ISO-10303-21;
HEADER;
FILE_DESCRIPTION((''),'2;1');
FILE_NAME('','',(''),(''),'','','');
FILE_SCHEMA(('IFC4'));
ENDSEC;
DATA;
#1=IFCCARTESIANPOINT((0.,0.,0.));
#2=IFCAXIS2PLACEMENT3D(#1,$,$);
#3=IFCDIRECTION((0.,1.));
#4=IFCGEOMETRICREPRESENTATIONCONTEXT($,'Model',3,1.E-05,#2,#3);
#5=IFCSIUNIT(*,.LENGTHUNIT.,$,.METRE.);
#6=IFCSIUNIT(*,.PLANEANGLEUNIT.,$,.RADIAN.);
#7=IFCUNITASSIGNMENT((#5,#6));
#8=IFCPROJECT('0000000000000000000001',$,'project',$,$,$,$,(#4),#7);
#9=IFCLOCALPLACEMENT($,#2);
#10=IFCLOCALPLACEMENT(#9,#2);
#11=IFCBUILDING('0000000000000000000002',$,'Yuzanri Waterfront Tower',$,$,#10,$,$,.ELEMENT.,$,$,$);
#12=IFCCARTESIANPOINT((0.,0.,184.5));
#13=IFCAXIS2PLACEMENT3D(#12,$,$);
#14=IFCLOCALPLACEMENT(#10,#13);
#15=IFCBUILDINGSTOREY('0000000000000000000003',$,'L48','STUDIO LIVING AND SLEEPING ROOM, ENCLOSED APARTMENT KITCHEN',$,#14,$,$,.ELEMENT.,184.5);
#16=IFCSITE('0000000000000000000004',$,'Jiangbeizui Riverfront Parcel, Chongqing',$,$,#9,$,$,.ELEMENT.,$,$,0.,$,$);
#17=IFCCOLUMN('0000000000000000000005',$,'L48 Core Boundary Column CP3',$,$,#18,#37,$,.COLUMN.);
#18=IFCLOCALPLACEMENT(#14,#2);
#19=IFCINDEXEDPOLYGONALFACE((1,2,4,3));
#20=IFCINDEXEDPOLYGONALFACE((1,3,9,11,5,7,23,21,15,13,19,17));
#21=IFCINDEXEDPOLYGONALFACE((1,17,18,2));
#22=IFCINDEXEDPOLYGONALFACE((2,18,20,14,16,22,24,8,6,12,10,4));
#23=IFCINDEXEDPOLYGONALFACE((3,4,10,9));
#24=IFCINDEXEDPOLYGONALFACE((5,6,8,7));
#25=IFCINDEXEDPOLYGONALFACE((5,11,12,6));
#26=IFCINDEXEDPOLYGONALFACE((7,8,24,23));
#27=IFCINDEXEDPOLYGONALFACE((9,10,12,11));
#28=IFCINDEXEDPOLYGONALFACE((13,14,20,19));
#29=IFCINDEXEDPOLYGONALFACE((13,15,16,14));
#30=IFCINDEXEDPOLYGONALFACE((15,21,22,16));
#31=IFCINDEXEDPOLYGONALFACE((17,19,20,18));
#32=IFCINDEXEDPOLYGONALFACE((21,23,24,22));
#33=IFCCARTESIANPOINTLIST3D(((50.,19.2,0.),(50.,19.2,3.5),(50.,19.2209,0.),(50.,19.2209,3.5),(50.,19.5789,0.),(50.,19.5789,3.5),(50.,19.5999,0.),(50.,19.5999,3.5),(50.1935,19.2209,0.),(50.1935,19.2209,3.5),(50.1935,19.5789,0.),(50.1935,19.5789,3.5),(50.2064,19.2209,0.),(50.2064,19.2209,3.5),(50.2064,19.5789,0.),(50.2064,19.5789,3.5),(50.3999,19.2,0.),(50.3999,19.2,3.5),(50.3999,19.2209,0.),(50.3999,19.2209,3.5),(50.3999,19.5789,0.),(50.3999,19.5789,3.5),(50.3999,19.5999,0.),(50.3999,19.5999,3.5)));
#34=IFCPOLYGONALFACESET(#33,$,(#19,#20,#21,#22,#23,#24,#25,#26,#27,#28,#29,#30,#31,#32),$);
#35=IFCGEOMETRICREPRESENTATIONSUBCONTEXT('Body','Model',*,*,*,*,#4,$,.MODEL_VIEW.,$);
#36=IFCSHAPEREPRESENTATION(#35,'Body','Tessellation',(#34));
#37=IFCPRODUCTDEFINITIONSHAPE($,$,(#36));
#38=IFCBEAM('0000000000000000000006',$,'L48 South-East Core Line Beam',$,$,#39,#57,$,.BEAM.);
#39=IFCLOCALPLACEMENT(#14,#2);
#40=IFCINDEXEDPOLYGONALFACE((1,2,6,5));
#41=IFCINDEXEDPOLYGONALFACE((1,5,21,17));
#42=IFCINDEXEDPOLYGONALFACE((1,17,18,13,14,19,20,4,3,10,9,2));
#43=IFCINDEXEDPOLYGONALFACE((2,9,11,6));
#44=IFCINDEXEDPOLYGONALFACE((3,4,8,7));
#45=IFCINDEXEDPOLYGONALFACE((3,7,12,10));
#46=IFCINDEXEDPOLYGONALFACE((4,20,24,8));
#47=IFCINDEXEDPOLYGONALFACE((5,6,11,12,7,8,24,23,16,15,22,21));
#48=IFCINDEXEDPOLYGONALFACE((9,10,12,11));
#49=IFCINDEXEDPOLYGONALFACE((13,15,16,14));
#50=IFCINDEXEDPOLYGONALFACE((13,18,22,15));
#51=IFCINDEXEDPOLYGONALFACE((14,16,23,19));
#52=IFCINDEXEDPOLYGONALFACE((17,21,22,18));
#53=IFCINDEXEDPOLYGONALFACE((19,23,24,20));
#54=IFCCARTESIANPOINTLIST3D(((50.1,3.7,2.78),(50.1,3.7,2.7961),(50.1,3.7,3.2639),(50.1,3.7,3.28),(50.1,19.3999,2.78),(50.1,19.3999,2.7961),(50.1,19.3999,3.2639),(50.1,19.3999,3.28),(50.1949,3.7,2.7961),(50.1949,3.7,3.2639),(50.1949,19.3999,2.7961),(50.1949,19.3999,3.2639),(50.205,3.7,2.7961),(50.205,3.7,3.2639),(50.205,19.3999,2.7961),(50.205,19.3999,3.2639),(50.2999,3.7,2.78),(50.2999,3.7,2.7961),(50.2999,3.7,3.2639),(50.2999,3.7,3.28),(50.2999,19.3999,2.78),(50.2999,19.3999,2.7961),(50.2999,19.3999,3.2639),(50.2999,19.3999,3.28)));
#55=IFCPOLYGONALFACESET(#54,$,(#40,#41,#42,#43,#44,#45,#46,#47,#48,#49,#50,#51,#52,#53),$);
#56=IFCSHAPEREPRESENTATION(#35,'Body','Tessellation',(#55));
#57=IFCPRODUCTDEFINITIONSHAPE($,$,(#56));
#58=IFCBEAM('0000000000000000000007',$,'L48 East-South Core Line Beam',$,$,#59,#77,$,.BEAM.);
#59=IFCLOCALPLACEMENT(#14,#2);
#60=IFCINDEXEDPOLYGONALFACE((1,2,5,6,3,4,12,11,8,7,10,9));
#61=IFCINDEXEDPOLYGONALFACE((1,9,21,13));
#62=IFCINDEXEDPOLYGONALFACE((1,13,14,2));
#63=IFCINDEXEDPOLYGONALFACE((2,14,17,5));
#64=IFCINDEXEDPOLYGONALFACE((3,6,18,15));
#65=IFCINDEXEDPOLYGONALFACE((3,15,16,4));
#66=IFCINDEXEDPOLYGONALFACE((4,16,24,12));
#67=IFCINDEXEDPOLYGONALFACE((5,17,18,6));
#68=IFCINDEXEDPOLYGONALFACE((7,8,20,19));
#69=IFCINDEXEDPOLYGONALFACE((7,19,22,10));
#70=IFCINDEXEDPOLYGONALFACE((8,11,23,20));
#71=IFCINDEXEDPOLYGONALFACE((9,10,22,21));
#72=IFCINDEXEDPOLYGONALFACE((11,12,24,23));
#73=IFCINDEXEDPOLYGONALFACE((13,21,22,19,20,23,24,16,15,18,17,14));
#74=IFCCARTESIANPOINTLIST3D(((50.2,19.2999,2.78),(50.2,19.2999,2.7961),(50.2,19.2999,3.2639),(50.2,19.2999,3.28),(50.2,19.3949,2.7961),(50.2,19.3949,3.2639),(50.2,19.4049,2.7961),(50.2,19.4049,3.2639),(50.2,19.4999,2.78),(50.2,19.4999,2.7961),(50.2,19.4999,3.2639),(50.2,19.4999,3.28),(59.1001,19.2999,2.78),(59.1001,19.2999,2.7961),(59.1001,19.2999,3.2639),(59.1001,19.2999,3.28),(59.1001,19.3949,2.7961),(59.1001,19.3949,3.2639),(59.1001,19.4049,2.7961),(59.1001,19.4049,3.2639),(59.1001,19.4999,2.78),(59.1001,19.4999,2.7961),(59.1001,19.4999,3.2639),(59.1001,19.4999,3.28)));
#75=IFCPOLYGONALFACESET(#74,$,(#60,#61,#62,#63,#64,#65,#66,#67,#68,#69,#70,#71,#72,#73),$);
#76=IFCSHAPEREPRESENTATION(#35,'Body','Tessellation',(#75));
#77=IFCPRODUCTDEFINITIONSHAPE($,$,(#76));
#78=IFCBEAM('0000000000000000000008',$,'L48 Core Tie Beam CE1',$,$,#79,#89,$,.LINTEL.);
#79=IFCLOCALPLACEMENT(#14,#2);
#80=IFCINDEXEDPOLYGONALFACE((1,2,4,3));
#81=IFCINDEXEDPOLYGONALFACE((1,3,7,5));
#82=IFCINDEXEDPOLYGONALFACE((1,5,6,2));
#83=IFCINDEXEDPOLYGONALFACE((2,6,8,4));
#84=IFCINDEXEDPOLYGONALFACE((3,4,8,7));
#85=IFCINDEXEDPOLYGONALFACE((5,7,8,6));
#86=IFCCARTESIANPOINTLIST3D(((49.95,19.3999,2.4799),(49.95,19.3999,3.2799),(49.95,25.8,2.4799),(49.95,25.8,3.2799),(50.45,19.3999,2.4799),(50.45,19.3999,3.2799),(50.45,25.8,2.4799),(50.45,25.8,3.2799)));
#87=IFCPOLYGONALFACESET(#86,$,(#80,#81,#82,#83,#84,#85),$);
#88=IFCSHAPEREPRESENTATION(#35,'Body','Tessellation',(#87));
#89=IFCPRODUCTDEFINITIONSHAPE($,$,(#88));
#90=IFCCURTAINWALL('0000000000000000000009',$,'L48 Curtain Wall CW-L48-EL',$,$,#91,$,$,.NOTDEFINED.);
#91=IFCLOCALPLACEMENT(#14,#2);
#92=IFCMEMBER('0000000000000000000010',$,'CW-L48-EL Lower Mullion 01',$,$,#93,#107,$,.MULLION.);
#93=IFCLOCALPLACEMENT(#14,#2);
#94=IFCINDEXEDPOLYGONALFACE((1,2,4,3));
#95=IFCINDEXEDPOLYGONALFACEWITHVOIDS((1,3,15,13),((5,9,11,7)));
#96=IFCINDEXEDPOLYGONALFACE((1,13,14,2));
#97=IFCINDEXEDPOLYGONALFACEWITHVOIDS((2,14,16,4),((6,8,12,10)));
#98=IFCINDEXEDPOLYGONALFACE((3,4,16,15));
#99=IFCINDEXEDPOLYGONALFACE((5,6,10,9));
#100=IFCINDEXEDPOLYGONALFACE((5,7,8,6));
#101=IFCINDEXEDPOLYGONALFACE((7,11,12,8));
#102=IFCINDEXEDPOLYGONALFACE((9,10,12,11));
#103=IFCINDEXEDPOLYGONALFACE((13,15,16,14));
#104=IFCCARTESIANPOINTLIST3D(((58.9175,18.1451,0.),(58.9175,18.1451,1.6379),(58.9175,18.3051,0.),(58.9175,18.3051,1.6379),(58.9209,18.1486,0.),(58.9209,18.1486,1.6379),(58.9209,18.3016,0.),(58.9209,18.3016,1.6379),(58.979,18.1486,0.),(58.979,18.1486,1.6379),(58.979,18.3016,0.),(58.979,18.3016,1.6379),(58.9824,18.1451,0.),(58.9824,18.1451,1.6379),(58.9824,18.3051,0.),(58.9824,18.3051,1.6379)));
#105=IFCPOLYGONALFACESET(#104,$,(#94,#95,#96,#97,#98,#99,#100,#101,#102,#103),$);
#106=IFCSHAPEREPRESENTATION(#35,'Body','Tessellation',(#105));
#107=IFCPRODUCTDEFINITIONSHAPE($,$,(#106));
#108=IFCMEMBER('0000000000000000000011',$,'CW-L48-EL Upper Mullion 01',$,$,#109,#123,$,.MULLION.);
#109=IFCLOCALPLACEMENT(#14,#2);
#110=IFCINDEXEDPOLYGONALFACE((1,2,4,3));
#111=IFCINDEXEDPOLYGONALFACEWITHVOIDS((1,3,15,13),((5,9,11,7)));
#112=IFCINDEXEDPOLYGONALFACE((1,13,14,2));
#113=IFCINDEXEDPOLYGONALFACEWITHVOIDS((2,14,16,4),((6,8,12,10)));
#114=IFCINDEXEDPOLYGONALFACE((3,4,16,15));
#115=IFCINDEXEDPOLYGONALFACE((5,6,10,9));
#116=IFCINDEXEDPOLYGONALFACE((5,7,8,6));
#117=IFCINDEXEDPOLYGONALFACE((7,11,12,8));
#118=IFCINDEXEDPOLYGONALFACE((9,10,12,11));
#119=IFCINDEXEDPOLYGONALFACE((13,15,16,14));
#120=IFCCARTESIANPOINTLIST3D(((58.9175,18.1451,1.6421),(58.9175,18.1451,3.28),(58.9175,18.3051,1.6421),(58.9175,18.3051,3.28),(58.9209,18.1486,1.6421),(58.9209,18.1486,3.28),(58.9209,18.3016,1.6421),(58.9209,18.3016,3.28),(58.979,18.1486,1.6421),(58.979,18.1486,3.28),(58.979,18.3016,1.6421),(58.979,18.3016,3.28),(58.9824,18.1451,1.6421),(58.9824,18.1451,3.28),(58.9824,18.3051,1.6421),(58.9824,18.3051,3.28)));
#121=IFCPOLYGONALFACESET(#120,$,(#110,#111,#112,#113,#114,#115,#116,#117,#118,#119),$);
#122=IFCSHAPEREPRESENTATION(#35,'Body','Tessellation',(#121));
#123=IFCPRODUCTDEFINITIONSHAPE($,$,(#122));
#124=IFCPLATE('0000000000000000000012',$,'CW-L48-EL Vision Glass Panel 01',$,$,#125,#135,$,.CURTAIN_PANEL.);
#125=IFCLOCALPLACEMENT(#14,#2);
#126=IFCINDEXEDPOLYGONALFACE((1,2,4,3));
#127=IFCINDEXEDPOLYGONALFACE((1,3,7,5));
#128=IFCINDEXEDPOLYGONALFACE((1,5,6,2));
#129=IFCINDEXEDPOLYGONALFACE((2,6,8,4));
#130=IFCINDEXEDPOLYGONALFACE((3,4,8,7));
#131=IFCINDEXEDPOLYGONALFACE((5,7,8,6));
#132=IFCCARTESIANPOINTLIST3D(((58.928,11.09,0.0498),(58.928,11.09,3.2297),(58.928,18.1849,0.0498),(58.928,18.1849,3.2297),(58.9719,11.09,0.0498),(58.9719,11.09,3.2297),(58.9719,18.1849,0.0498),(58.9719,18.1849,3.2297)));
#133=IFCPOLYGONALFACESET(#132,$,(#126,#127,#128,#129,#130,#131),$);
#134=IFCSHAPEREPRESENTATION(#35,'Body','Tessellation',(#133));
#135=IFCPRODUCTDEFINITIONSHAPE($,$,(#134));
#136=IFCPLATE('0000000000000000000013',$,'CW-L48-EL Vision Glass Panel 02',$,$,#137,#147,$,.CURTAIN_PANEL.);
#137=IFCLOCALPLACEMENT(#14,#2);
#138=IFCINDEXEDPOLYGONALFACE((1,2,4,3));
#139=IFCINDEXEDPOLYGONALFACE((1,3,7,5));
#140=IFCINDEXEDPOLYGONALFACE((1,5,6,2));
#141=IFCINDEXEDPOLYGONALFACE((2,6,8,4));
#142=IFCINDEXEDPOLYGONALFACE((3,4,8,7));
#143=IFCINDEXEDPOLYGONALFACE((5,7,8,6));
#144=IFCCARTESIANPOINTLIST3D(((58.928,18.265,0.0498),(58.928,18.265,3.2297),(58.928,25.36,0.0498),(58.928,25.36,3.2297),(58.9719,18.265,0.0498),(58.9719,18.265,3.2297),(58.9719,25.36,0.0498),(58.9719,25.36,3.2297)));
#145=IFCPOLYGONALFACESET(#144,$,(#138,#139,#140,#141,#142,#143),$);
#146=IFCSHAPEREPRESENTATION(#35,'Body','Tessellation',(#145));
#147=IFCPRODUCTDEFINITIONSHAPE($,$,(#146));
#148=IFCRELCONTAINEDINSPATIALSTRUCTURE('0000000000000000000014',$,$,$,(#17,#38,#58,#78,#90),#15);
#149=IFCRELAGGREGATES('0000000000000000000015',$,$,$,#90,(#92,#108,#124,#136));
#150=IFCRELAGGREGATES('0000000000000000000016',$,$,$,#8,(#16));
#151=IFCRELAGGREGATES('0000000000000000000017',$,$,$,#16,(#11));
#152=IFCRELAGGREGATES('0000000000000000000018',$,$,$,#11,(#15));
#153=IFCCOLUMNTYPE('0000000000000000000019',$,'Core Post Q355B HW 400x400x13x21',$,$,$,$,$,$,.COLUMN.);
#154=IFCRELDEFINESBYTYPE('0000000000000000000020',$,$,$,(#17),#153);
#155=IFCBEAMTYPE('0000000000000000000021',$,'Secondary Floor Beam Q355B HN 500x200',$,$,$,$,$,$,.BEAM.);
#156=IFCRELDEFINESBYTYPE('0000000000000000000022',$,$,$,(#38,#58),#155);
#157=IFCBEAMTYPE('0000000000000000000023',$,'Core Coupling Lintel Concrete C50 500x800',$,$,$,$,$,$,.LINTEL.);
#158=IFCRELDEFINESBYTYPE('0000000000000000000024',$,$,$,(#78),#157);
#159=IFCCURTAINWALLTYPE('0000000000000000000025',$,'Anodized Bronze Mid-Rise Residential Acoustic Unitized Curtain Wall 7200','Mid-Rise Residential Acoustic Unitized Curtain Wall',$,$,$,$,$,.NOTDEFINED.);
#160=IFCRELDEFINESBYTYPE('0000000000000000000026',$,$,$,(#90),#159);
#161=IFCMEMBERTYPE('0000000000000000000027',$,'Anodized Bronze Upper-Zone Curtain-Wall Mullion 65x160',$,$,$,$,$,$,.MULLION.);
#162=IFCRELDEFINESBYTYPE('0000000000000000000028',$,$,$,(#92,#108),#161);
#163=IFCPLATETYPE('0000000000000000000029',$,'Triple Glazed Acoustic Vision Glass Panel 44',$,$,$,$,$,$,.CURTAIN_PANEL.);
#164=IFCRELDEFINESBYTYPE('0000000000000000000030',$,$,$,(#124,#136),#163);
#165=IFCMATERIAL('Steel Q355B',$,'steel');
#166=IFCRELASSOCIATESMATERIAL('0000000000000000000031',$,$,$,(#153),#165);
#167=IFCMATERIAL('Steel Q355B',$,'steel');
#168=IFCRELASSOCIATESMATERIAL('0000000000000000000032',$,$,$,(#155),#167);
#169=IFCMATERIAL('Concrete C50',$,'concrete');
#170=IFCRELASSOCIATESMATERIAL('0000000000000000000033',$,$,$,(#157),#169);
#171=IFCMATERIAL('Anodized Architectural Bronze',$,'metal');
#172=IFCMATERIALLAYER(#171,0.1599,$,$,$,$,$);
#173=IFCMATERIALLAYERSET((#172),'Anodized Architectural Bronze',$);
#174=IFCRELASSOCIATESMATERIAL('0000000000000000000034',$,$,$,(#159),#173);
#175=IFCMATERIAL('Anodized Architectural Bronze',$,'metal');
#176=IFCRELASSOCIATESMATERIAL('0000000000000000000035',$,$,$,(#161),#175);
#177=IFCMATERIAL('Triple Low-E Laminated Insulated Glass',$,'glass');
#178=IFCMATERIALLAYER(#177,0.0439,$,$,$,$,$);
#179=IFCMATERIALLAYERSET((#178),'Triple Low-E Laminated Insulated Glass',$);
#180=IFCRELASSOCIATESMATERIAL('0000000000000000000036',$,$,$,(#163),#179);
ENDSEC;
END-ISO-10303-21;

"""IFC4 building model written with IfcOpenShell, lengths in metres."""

from ifc_helpers import new_model, si_unit, direction, frame, origin, origin_2d, place, context, subcontext, project, spatial, rectangle, hollow_rectangle, i_section, extrude, source, transform, mapped, material, layer, layer_set, material_profile, profile_set, type_object, element, aggregate, save


model = new_model("IFC4")

# Units and contexts
model_context = context("Model", 3, precision=1e-05, world=origin(), true_north=direction((0.0, 1.0)))
body_context = subcontext(model_context, "Body", "Model", "MODEL_VIEW")
ifc_project = project(units=[si_unit("LENGTHUNIT", "METRE"), si_unit("PLANEANGLEUNIT", "RADIAN")], contexts=[model_context])

# Site, building, storey
site_placement = place(None, origin())
site = spatial("IfcSite", under=ifc_project, at=site_placement, Name="Jiangbeizui Riverfront Parcel, Chongqing", CompositionType="ELEMENT", RefElevation=0.0)
building_placement = place(site_placement, origin())
building = spatial("IfcBuilding", under=site, at=building_placement, Name="Yuzanri Waterfront Tower", CompositionType="ELEMENT")
storey_placement = place(building_placement, frame((0.0, 0.0, 184.5)))
storey = spatial("IfcBuildingStorey", under=building, at=storey_placement, Name="L48", Description="STUDIO LIVING AND SLEEPING ROOM, ENCLOSED APARTMENT KITCHEN", CompositionType="ELEMENT", Elevation=184.5)

# Column
ifc_material_1 = material(Name="Steel Q355B", Category="steel")
ifc_material_profile_1 = material_profile(ifc_material_1, i_section(OverallWidth=0.3999, OverallDepth=0.3999, WebThickness=0.0129, FlangeThickness=0.021, at=origin_2d()), Name="HW 400x400x13x21")
ifc_profile_set_1 = profile_set([ifc_material_profile_1], Name="Steel Q355B")
column_type = type_object("IfcColumnType", Name="Core Post Q355B HW 400x400x13x21", PredefinedType="COLUMN", material=ifc_profile_set_1)
shared_shape_1 = source(origin(), body_context, "Body", "SweptSolid", [
    extrude(i_section(OverallWidth=0.3999, OverallDepth=0.3999, WebThickness=0.0129, FlangeThickness=0.021, at=origin_2d()), origin(), (0.0, 0.0, 1.0), 3.5),
])
column_placement = place(storey_placement, frame((50.2, 19.3999, 0.0), z_axis=(0.0, 0.0, 1.0), x_axis=(1.0, 0.0, 0.0)))
element("IfcColumn", 1, at=column_placement, inside=storey, type_object=column_type, Name="L48 Core Boundary Column CP3", PredefinedType="COLUMN", context=body_context, shape_type="MappedRepresentation", body=[
    mapped(shared_shape_1, transform((0.0, 0.0, 0.0), scale=1.0)),
])

# Beams
ifc_material_2 = material(Name="Steel Q355B", Category="steel")
ifc_material_profile_2 = material_profile(ifc_material_2, i_section(OverallWidth=0.2, OverallDepth=0.5, WebThickness=0.01, FlangeThickness=0.0161, at=origin_2d()), Name="HN 500x200x10x16")
ifc_profile_set_2 = profile_set([ifc_material_profile_2], Name="Steel Q355B")
beam_type_1 = type_object("IfcBeamType", Name="Secondary Floor Beam Q355B HN 500x200", PredefinedType="BEAM", material=ifc_profile_set_2)
shared_shape_2 = source(origin(), body_context, "Body", "SweptSolid", [
    extrude(i_section(OverallWidth=0.2, OverallDepth=0.5, WebThickness=0.01, FlangeThickness=0.0161, at=origin_2d()), origin(), (0.0, 0.0, 1.0), 15.7),
])
beam_1_placement = place(storey_placement, frame((50.2, 19.3999, 3.03), z_axis=(0.0, -1.0, 0.0), x_axis=(1.0, 0.0, 0.0)))
element("IfcBeam", 2, at=beam_1_placement, inside=storey, type_object=beam_type_1, Name="L48 South-East Core Line Beam", PredefinedType="BEAM", context=body_context, shape_type="MappedRepresentation", body=[
    mapped(shared_shape_2, transform((0.0, 0.0, 0.0), scale=1.0)),
])
shared_shape_3 = source(origin(), body_context, "Body", "SweptSolid", [
    extrude(i_section(OverallWidth=0.2, OverallDepth=0.5, WebThickness=0.01, FlangeThickness=0.0161, at=origin_2d()), origin(), (0.0, 0.0, 1.0), 8.9001),
])
beam_2_placement = place(storey_placement, frame((50.2, 19.3999, 3.03), z_axis=(1.0, 0.0, 0.0), x_axis=(0.0, 1.0, 0.0)))
element("IfcBeam", 3, at=beam_2_placement, inside=storey, type_object=beam_type_1, Name="L48 East-South Core Line Beam", PredefinedType="BEAM", context=body_context, shape_type="MappedRepresentation", body=[
    mapped(shared_shape_3, transform((0.0, 0.0, 0.0), scale=1.0)),
])
ifc_material_3 = material(Name="Concrete C50", Category="concrete")
ifc_material_profile_3 = material_profile(ifc_material_3, rectangle(XDim=0.5, YDim=0.8, at=origin_2d()), Name="RC 500x800")
ifc_profile_set_3 = profile_set([ifc_material_profile_3], Name="Concrete C50")
beam_type_2 = type_object("IfcBeamType", Name="Core Coupling Lintel Concrete C50 500x800", PredefinedType="LINTEL", material=ifc_profile_set_3)
shared_shape_4 = source(origin(), body_context, "Body", "SweptSolid", [
    extrude(rectangle(XDim=0.5, YDim=0.8, at=origin_2d()), origin(), (0.0, 0.0, 1.0), 6.4001),
])
beam_3_placement = place(storey_placement, frame((50.2, 19.3999, 2.8799), z_axis=(0.0, 1.0, 0.0), x_axis=(-1.0, 0.0, 0.0)))
element("IfcBeam", 4, at=beam_3_placement, inside=storey, type_object=beam_type_2, Name="L48 Core Tie Beam CE1", PredefinedType="LINTEL", context=body_context, shape_type="MappedRepresentation", body=[
    mapped(shared_shape_4, transform((0.0, 0.0, 0.0), scale=1.0)),
])

# Curtain wall, members, plates
ifc_material_4 = material(Name="Anodized Architectural Bronze", Category="metal")
ifc_layer_1 = layer(ifc_material_4, 0.1599)
ifc_layer_set_1 = layer_set([ifc_layer_1], Name="Anodized Architectural Bronze")
curtain_wall_type = type_object("IfcCurtainWallType", Name="Anodized Bronze Mid-Rise Residential Acoustic Unitized Curtain Wall 7200", Description="Mid-Rise Residential Acoustic Unitized Curtain Wall", PredefinedType="NOTDEFINED", material=ifc_layer_set_1)
curtain_wall_placement = place(storey_placement, origin())
curtain_wall = element("IfcCurtainWall", 5, at=curtain_wall_placement, inside=storey, type_object=curtain_wall_type, Name="L48 Curtain Wall CW-L48-EL", PredefinedType="NOTDEFINED")
ifc_material_5 = material(Name="Anodized Architectural Bronze", Category="metal")
ifc_material_profile_4 = material_profile(ifc_material_5, hollow_rectangle(XDim=0.0649, YDim=0.1599, WallThickness=0.0034, at=origin_2d()), Name="CWM 65x160")
ifc_profile_set_4 = profile_set([ifc_material_profile_4], Name="Anodized Architectural Bronze")
member_type = type_object("IfcMemberType", Name="Anodized Bronze Upper-Zone Curtain-Wall Mullion 65x160", PredefinedType="MULLION", material=ifc_profile_set_4)
shared_shape_5 = source(origin(), body_context, "Body", "SweptSolid", [
    extrude(hollow_rectangle(XDim=0.0649, YDim=0.1599, WallThickness=0.0034, at=origin_2d()), origin(), (0.0, 0.0, 1.0), 1.6379),
])
member_1_placement = place(storey_placement, frame((58.95, 18.2251, 0.0), z_axis=(0.0, 0.0, 1.0), x_axis=(1.0, 0.0, 0.0)))
member_1 = element("IfcMember", 6, at=member_1_placement, type_object=member_type, Name="CW-L48-EL Lower Mullion 01", PredefinedType="MULLION", context=body_context, shape_type="MappedRepresentation", body=[
    mapped(shared_shape_5, transform((0.0, 0.0, 0.0), scale=1.0)),
])
member_2_placement = place(storey_placement, frame((58.95, 18.2251, 1.6421), z_axis=(0.0, 0.0, 1.0), x_axis=(1.0, 0.0, 0.0)))
member_2 = element("IfcMember", 7, at=member_2_placement, type_object=member_type, Name="CW-L48-EL Upper Mullion 01", PredefinedType="MULLION", context=body_context, shape_type="MappedRepresentation", body=[
    mapped(shared_shape_5, transform((0.0, 0.0, 0.0), scale=1.0)),
])
ifc_material_6 = material(Name="Triple Low-E Laminated Insulated Glass", Category="glass")
ifc_layer_2 = layer(ifc_material_6, 0.0439)
ifc_layer_set_2 = layer_set([ifc_layer_2], Name="Triple Low-E Laminated Insulated Glass")
plate_type = type_object("IfcPlateType", Name="Triple Glazed Acoustic Vision Glass Panel 44", PredefinedType="CURTAIN_PANEL", material=ifc_layer_set_2)
shared_shape_6 = source(origin(), body_context, "Body", "SweptSolid", [
    extrude(rectangle(XDim=7.095, YDim=0.0439, at=origin_2d()), origin(), (0.0, 0.0, 1.0), 3.1799),
])
plate_1_placement = place(storey_placement, frame((58.95, 14.6375, 0.0498), z_axis=(0.0, 0.0, 1.0), x_axis=(0.0, 1.0, 0.0)))
plate_1 = element("IfcPlate", 8, at=plate_1_placement, type_object=plate_type, Name="CW-L48-EL Vision Glass Panel 01", PredefinedType="CURTAIN_PANEL", context=body_context, shape_type="MappedRepresentation", body=[
    mapped(shared_shape_6, transform((0.0, 0.0, 0.0), scale=1.0)),
])
plate_2_placement = place(storey_placement, frame((58.95, 21.8125, 0.0498), z_axis=(0.0, 0.0, 1.0), x_axis=(0.0, 1.0, 0.0)))
plate_2 = element("IfcPlate", 9, at=plate_2_placement, type_object=plate_type, Name="CW-L48-EL Vision Glass Panel 02", PredefinedType="CURTAIN_PANEL", context=body_context, shape_type="MappedRepresentation", body=[
    mapped(shared_shape_6, transform((0.0, 0.0, 0.0), scale=1.0)),
])
aggregate(curtain_wall, [member_1, member_2, plate_1, plate_2])

save(model, "model.ifc")
